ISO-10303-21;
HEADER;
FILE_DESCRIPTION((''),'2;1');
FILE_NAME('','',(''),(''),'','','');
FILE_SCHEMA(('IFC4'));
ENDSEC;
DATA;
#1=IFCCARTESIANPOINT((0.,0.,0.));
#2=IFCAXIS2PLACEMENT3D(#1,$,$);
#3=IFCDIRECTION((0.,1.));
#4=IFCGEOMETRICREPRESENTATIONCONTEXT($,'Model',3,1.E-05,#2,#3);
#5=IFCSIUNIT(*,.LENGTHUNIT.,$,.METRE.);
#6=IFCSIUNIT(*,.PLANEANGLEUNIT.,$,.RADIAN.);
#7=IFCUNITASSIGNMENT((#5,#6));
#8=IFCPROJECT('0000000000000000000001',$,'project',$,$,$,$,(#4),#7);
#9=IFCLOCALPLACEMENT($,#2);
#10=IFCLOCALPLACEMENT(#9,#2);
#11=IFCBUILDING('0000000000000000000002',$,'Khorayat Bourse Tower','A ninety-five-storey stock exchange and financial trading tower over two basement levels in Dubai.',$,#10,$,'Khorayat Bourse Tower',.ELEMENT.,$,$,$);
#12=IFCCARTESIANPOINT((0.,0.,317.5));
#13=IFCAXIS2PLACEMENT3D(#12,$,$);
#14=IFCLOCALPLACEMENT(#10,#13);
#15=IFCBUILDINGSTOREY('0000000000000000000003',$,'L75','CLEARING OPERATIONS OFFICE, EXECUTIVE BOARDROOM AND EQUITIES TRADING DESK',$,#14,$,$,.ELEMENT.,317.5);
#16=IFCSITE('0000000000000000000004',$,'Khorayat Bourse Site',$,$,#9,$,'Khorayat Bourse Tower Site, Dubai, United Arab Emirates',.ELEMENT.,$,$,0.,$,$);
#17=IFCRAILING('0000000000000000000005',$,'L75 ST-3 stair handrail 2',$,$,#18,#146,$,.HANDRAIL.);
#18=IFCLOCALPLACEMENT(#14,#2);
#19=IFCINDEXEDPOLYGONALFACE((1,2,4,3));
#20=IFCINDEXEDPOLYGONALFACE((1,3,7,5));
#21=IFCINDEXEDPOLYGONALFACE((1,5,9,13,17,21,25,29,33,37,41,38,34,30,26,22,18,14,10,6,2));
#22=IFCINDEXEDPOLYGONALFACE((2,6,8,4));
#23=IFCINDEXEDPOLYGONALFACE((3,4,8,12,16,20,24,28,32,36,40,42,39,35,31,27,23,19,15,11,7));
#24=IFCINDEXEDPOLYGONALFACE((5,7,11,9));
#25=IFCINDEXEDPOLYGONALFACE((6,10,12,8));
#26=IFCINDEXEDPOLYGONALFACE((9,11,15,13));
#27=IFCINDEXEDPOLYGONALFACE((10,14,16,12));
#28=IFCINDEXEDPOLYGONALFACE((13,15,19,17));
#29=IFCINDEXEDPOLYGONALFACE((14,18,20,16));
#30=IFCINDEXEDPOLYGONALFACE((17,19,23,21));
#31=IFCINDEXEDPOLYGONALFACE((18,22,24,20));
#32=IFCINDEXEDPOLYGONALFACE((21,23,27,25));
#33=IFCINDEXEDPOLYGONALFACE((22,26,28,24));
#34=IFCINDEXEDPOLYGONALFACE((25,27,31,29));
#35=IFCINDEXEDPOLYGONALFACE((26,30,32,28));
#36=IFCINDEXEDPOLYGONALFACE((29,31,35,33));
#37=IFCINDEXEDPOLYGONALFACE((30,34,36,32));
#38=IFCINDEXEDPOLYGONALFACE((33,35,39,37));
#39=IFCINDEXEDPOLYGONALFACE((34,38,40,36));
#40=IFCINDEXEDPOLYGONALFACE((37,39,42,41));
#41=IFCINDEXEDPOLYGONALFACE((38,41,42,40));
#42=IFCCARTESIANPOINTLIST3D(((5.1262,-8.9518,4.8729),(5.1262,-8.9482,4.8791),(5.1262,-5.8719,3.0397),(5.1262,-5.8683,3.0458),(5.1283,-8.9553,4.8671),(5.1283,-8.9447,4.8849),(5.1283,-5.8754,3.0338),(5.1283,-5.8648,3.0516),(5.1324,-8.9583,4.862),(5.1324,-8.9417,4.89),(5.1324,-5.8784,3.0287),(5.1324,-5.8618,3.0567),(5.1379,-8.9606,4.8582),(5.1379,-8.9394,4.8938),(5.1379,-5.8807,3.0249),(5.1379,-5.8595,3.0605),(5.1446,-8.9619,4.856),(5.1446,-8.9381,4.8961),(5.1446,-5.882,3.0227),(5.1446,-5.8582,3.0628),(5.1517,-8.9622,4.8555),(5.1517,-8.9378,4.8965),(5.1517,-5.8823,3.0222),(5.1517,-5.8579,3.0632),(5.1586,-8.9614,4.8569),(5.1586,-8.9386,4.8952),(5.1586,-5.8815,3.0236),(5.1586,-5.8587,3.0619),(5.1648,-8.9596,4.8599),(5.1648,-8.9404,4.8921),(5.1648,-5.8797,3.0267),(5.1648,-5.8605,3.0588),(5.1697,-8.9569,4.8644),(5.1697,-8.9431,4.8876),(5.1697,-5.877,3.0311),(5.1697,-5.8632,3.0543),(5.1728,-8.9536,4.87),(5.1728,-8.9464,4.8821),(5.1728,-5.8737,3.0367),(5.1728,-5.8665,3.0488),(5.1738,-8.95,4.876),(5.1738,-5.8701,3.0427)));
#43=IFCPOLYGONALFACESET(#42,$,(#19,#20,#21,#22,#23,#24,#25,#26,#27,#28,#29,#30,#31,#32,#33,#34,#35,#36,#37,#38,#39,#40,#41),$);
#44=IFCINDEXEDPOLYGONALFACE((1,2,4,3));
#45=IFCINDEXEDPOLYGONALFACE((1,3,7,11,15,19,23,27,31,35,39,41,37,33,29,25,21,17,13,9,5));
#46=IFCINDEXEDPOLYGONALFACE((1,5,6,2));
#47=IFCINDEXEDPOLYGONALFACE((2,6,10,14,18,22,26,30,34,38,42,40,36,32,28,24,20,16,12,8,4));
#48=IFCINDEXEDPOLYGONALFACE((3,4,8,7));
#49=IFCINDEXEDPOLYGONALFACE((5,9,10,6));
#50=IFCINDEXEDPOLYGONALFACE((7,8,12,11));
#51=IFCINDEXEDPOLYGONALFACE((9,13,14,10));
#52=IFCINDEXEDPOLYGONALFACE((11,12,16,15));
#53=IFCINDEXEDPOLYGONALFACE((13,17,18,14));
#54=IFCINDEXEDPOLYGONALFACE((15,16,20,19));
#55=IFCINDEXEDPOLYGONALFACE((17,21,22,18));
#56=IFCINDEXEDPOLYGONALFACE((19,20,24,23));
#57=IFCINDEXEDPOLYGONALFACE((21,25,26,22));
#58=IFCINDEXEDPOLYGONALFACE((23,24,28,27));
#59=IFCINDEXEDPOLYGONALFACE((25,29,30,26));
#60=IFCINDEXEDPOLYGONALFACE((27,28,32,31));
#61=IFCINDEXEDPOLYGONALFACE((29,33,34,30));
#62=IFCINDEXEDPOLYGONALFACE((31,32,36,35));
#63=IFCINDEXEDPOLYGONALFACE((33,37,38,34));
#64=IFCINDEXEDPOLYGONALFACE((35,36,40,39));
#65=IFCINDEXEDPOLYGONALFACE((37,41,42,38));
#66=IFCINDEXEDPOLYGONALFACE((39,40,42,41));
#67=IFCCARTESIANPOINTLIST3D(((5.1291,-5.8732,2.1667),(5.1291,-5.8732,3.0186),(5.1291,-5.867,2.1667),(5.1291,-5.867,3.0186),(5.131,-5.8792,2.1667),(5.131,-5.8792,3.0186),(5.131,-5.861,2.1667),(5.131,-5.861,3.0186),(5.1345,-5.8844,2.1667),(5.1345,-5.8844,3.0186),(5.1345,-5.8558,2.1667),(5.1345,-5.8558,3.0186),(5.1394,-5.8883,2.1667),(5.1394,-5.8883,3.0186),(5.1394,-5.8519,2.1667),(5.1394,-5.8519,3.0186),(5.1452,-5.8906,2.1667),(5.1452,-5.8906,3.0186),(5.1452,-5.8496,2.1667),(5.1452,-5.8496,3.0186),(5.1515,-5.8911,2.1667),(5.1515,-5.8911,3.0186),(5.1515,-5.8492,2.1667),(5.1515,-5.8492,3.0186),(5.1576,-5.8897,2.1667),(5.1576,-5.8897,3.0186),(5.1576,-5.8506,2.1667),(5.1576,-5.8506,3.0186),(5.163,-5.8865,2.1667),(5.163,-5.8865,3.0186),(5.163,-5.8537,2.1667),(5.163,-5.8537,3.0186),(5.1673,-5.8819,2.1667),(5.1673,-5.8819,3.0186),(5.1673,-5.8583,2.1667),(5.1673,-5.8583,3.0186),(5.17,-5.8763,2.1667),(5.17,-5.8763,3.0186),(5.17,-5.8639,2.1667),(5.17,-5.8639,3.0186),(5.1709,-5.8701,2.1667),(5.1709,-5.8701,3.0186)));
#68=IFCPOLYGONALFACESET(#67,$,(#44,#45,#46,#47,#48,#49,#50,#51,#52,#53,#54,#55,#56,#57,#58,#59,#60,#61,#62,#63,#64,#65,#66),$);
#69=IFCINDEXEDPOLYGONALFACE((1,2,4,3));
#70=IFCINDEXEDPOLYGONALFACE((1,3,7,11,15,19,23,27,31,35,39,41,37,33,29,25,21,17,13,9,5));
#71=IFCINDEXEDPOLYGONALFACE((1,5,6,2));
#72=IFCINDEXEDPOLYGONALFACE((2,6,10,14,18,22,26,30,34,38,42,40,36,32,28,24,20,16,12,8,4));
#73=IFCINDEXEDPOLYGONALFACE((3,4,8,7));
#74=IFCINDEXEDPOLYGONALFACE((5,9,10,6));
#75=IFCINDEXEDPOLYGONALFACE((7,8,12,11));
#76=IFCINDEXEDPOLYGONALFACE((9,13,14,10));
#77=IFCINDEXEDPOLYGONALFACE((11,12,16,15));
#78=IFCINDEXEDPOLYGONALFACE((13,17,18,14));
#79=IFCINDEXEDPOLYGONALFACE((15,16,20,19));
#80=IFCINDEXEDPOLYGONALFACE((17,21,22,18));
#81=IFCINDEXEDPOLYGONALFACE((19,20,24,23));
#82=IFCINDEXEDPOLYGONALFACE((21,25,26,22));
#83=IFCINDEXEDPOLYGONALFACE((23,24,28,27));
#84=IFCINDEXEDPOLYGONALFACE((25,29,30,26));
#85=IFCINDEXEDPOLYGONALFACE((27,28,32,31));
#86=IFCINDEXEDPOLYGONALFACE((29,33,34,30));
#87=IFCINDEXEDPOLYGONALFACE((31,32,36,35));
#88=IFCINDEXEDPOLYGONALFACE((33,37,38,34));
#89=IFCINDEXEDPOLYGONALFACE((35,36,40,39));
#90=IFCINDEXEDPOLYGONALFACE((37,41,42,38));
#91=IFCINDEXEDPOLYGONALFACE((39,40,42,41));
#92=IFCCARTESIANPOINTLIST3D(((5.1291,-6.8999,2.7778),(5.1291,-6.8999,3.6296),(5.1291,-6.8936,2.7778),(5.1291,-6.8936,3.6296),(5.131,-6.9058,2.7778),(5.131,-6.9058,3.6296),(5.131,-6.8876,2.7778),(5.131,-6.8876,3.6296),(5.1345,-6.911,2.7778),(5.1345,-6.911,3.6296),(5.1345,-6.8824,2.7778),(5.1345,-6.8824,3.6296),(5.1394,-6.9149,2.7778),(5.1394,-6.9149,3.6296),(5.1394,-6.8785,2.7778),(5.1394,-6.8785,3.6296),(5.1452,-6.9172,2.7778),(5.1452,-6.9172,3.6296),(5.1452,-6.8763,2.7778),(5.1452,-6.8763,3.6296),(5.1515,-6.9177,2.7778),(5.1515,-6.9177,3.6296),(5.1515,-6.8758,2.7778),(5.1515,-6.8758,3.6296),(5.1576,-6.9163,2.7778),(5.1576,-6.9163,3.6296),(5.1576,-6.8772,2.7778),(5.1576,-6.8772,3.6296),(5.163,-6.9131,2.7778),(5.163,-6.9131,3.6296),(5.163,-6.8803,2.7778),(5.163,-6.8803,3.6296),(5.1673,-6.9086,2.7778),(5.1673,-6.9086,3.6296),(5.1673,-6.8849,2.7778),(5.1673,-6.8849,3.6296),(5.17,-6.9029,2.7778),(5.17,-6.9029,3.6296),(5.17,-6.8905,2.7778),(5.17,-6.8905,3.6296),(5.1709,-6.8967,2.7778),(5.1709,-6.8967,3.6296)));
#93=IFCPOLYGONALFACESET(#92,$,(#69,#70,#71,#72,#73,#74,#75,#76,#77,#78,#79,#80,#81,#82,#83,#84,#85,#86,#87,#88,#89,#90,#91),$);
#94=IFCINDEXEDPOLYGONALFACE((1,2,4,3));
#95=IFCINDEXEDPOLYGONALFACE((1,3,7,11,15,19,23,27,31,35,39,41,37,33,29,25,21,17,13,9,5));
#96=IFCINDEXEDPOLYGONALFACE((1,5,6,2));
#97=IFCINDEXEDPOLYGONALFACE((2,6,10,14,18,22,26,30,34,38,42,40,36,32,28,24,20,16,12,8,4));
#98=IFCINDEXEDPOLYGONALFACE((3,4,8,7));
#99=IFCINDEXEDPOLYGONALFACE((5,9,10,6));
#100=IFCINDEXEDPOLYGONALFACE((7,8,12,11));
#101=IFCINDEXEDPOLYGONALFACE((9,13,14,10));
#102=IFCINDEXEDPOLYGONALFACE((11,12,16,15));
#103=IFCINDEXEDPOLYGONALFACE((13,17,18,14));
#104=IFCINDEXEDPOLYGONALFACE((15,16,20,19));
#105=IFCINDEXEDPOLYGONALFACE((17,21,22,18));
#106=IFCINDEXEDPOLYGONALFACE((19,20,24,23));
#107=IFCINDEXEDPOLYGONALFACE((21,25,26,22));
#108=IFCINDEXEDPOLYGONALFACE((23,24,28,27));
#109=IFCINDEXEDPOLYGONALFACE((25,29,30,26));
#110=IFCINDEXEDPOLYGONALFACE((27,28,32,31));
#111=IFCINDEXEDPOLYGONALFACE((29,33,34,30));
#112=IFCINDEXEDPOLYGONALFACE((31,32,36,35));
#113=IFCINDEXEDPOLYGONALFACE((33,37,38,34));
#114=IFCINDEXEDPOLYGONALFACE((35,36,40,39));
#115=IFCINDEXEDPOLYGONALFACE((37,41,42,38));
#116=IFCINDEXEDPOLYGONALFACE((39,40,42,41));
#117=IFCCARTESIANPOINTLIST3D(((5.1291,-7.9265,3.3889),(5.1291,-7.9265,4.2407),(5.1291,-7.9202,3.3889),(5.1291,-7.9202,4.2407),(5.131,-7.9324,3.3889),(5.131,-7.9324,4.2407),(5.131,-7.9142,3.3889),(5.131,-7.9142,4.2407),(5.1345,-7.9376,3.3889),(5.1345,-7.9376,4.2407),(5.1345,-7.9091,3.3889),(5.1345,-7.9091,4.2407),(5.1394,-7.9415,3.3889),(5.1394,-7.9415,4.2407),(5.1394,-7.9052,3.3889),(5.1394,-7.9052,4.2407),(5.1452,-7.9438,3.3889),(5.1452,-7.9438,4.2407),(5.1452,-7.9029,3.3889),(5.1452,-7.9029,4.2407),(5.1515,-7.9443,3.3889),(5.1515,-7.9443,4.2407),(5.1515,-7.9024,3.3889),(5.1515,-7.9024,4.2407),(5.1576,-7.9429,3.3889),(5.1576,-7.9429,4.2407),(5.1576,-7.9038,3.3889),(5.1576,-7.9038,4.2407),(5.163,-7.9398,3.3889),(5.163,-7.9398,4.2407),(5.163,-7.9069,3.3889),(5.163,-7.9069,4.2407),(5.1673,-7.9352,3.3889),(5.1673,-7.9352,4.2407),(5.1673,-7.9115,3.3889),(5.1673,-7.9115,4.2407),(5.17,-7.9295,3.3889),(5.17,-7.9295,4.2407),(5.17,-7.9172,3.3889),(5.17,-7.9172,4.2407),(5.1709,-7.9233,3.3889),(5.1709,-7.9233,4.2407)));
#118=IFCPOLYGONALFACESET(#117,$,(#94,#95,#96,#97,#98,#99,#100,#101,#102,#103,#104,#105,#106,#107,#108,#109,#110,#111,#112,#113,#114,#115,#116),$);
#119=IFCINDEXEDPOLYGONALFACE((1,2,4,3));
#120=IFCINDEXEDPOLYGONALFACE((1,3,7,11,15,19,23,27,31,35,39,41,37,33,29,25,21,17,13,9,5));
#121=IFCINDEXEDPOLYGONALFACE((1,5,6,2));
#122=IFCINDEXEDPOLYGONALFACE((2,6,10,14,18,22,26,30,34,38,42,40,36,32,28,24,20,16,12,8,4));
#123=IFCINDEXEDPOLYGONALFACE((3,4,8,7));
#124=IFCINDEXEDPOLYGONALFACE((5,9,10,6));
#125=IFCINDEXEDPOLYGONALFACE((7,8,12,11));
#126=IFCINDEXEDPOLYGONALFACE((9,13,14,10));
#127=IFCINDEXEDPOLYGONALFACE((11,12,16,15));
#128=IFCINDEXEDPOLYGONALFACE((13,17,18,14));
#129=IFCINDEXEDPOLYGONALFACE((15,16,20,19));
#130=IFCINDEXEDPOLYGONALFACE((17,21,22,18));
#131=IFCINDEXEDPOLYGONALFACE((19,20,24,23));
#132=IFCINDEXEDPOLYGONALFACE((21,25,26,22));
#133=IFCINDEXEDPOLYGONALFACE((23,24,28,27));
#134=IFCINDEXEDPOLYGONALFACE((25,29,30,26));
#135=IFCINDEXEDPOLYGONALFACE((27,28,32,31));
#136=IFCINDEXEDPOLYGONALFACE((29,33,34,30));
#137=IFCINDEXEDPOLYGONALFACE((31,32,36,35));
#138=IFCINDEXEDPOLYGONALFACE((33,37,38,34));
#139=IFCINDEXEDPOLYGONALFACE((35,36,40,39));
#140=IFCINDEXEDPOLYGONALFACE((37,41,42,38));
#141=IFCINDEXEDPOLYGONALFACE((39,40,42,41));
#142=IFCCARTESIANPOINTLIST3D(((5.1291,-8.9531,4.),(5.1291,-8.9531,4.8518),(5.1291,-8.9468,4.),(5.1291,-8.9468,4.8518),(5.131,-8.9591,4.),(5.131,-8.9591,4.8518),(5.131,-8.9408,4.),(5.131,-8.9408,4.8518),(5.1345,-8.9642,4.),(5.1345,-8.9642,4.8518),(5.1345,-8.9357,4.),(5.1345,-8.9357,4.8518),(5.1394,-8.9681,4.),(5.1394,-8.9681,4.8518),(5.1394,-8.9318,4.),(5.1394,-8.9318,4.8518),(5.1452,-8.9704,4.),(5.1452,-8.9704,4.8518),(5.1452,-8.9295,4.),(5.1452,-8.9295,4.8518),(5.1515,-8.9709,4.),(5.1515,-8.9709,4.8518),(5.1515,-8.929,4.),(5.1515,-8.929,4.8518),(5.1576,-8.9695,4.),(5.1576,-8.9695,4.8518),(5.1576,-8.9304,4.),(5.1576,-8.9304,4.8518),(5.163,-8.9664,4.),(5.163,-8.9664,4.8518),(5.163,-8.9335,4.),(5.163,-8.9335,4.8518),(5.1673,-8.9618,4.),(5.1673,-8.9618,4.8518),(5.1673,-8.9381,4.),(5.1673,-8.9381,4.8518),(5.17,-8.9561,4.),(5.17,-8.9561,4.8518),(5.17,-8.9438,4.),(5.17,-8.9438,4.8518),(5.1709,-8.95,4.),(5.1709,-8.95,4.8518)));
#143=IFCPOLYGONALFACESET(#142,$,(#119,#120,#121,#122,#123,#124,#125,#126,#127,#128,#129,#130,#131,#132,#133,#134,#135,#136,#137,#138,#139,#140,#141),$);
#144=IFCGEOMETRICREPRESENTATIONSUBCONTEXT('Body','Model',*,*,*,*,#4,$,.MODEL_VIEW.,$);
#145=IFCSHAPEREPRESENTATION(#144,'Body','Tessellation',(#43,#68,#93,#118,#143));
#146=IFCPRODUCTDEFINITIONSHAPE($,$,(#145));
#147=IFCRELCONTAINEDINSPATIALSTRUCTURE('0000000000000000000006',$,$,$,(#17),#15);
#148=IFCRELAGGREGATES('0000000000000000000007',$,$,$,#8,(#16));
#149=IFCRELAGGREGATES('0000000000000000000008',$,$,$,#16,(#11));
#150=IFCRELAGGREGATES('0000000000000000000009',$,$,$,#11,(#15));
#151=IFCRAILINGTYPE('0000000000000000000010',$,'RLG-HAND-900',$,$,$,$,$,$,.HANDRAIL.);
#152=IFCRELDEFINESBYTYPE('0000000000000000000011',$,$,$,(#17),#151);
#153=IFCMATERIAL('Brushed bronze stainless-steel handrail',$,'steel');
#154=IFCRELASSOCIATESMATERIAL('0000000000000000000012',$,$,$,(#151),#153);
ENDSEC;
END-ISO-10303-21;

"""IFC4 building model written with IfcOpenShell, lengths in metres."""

from ifc_helpers import new_model, si_unit, direction, frame, origin, origin_2d, place, context, subcontext, project, spatial, circle, extrude, source, transform, mapped, material, type_object, element, save


model = new_model("IFC4")

# Units and contexts
model_context = context("Model", 3, precision=1e-05, world=origin(), true_north=direction((0.0, 1.0)))
body_context = subcontext(model_context, "Body", "Model", "MODEL_VIEW")
ifc_project = project(units=[si_unit("LENGTHUNIT", "METRE"), si_unit("PLANEANGLEUNIT", "RADIAN")], contexts=[model_context])

# Site, building, storey
site_placement = place(None, origin())
site = spatial("IfcSite", under=ifc_project, at=site_placement, Name="Khorayat Bourse Site", LongName="Khorayat Bourse Tower Site, Dubai, United Arab Emirates", CompositionType="ELEMENT", RefElevation=0.0)
building_placement = place(site_placement, origin())
building = spatial("IfcBuilding", under=site, at=building_placement, Name="Khorayat Bourse Tower", Description="A ninety-five-storey stock exchange and financial trading tower over two basement levels in Dubai.", LongName="Khorayat Bourse Tower", CompositionType="ELEMENT")
storey_placement = place(building_placement, frame((0.0, 0.0, 317.5)))
storey = spatial("IfcBuildingStorey", under=building, at=storey_placement, Name="L75", Description="CLEARING OPERATIONS OFFICE, EXECUTIVE BOARDROOM AND EQUITIES TRADING DESK", CompositionType="ELEMENT", Elevation=317.5)

# Railing
ifc_material_1 = material(Name="Brushed bronze stainless-steel handrail", Category="steel")
railing_type = type_object("IfcRailingType", Name="RLG-HAND-900", PredefinedType="HANDRAIL", material=ifc_material_1)
shared_shape_1 = source(origin(), body_context, "Body", "SweptSolid", [
    extrude(circle(Radius=0.0239, at=origin_2d()), frame((0.0, 0.0, 0.876), z_axis=(0.0, -0.859291, 0.511487), x_axis=(1.0, 0.0, 0.0)), (0.0, 0.0, 1.0), 3.5842),
    extrude(circle(Radius=0.021, at=origin_2d()), origin(), (0.0, 0.0, 1.0), 0.8518),
    extrude(circle(Radius=0.021, at=origin_2d()), frame((0.0, -1.0266, 0.6111)), (0.0, 0.0, 1.0), 0.8518),
    extrude(circle(Radius=0.021, at=origin_2d()), frame((0.0, -2.0532, 1.2222)), (0.0, 0.0, 1.0), 0.8518),
    extrude(circle(Radius=0.021, at=origin_2d()), frame((0.0, -3.0798, 1.8333)), (0.0, 0.0, 1.0), 0.8518),
])
railing_placement = place(storey_placement, frame((5.1499, -5.8701, 2.1667)))
element("IfcRailing", 1, at=railing_placement, inside=storey, type_object=railing_type, Name="L75 ST-3 stair handrail 2", PredefinedType="HANDRAIL", context=body_context, shape_type="MappedRepresentation", body=[
    mapped(shared_shape_1, transform((0.0, 0.0, 0.0), scale=1.0)),
])

save(model, "model.ifc")
